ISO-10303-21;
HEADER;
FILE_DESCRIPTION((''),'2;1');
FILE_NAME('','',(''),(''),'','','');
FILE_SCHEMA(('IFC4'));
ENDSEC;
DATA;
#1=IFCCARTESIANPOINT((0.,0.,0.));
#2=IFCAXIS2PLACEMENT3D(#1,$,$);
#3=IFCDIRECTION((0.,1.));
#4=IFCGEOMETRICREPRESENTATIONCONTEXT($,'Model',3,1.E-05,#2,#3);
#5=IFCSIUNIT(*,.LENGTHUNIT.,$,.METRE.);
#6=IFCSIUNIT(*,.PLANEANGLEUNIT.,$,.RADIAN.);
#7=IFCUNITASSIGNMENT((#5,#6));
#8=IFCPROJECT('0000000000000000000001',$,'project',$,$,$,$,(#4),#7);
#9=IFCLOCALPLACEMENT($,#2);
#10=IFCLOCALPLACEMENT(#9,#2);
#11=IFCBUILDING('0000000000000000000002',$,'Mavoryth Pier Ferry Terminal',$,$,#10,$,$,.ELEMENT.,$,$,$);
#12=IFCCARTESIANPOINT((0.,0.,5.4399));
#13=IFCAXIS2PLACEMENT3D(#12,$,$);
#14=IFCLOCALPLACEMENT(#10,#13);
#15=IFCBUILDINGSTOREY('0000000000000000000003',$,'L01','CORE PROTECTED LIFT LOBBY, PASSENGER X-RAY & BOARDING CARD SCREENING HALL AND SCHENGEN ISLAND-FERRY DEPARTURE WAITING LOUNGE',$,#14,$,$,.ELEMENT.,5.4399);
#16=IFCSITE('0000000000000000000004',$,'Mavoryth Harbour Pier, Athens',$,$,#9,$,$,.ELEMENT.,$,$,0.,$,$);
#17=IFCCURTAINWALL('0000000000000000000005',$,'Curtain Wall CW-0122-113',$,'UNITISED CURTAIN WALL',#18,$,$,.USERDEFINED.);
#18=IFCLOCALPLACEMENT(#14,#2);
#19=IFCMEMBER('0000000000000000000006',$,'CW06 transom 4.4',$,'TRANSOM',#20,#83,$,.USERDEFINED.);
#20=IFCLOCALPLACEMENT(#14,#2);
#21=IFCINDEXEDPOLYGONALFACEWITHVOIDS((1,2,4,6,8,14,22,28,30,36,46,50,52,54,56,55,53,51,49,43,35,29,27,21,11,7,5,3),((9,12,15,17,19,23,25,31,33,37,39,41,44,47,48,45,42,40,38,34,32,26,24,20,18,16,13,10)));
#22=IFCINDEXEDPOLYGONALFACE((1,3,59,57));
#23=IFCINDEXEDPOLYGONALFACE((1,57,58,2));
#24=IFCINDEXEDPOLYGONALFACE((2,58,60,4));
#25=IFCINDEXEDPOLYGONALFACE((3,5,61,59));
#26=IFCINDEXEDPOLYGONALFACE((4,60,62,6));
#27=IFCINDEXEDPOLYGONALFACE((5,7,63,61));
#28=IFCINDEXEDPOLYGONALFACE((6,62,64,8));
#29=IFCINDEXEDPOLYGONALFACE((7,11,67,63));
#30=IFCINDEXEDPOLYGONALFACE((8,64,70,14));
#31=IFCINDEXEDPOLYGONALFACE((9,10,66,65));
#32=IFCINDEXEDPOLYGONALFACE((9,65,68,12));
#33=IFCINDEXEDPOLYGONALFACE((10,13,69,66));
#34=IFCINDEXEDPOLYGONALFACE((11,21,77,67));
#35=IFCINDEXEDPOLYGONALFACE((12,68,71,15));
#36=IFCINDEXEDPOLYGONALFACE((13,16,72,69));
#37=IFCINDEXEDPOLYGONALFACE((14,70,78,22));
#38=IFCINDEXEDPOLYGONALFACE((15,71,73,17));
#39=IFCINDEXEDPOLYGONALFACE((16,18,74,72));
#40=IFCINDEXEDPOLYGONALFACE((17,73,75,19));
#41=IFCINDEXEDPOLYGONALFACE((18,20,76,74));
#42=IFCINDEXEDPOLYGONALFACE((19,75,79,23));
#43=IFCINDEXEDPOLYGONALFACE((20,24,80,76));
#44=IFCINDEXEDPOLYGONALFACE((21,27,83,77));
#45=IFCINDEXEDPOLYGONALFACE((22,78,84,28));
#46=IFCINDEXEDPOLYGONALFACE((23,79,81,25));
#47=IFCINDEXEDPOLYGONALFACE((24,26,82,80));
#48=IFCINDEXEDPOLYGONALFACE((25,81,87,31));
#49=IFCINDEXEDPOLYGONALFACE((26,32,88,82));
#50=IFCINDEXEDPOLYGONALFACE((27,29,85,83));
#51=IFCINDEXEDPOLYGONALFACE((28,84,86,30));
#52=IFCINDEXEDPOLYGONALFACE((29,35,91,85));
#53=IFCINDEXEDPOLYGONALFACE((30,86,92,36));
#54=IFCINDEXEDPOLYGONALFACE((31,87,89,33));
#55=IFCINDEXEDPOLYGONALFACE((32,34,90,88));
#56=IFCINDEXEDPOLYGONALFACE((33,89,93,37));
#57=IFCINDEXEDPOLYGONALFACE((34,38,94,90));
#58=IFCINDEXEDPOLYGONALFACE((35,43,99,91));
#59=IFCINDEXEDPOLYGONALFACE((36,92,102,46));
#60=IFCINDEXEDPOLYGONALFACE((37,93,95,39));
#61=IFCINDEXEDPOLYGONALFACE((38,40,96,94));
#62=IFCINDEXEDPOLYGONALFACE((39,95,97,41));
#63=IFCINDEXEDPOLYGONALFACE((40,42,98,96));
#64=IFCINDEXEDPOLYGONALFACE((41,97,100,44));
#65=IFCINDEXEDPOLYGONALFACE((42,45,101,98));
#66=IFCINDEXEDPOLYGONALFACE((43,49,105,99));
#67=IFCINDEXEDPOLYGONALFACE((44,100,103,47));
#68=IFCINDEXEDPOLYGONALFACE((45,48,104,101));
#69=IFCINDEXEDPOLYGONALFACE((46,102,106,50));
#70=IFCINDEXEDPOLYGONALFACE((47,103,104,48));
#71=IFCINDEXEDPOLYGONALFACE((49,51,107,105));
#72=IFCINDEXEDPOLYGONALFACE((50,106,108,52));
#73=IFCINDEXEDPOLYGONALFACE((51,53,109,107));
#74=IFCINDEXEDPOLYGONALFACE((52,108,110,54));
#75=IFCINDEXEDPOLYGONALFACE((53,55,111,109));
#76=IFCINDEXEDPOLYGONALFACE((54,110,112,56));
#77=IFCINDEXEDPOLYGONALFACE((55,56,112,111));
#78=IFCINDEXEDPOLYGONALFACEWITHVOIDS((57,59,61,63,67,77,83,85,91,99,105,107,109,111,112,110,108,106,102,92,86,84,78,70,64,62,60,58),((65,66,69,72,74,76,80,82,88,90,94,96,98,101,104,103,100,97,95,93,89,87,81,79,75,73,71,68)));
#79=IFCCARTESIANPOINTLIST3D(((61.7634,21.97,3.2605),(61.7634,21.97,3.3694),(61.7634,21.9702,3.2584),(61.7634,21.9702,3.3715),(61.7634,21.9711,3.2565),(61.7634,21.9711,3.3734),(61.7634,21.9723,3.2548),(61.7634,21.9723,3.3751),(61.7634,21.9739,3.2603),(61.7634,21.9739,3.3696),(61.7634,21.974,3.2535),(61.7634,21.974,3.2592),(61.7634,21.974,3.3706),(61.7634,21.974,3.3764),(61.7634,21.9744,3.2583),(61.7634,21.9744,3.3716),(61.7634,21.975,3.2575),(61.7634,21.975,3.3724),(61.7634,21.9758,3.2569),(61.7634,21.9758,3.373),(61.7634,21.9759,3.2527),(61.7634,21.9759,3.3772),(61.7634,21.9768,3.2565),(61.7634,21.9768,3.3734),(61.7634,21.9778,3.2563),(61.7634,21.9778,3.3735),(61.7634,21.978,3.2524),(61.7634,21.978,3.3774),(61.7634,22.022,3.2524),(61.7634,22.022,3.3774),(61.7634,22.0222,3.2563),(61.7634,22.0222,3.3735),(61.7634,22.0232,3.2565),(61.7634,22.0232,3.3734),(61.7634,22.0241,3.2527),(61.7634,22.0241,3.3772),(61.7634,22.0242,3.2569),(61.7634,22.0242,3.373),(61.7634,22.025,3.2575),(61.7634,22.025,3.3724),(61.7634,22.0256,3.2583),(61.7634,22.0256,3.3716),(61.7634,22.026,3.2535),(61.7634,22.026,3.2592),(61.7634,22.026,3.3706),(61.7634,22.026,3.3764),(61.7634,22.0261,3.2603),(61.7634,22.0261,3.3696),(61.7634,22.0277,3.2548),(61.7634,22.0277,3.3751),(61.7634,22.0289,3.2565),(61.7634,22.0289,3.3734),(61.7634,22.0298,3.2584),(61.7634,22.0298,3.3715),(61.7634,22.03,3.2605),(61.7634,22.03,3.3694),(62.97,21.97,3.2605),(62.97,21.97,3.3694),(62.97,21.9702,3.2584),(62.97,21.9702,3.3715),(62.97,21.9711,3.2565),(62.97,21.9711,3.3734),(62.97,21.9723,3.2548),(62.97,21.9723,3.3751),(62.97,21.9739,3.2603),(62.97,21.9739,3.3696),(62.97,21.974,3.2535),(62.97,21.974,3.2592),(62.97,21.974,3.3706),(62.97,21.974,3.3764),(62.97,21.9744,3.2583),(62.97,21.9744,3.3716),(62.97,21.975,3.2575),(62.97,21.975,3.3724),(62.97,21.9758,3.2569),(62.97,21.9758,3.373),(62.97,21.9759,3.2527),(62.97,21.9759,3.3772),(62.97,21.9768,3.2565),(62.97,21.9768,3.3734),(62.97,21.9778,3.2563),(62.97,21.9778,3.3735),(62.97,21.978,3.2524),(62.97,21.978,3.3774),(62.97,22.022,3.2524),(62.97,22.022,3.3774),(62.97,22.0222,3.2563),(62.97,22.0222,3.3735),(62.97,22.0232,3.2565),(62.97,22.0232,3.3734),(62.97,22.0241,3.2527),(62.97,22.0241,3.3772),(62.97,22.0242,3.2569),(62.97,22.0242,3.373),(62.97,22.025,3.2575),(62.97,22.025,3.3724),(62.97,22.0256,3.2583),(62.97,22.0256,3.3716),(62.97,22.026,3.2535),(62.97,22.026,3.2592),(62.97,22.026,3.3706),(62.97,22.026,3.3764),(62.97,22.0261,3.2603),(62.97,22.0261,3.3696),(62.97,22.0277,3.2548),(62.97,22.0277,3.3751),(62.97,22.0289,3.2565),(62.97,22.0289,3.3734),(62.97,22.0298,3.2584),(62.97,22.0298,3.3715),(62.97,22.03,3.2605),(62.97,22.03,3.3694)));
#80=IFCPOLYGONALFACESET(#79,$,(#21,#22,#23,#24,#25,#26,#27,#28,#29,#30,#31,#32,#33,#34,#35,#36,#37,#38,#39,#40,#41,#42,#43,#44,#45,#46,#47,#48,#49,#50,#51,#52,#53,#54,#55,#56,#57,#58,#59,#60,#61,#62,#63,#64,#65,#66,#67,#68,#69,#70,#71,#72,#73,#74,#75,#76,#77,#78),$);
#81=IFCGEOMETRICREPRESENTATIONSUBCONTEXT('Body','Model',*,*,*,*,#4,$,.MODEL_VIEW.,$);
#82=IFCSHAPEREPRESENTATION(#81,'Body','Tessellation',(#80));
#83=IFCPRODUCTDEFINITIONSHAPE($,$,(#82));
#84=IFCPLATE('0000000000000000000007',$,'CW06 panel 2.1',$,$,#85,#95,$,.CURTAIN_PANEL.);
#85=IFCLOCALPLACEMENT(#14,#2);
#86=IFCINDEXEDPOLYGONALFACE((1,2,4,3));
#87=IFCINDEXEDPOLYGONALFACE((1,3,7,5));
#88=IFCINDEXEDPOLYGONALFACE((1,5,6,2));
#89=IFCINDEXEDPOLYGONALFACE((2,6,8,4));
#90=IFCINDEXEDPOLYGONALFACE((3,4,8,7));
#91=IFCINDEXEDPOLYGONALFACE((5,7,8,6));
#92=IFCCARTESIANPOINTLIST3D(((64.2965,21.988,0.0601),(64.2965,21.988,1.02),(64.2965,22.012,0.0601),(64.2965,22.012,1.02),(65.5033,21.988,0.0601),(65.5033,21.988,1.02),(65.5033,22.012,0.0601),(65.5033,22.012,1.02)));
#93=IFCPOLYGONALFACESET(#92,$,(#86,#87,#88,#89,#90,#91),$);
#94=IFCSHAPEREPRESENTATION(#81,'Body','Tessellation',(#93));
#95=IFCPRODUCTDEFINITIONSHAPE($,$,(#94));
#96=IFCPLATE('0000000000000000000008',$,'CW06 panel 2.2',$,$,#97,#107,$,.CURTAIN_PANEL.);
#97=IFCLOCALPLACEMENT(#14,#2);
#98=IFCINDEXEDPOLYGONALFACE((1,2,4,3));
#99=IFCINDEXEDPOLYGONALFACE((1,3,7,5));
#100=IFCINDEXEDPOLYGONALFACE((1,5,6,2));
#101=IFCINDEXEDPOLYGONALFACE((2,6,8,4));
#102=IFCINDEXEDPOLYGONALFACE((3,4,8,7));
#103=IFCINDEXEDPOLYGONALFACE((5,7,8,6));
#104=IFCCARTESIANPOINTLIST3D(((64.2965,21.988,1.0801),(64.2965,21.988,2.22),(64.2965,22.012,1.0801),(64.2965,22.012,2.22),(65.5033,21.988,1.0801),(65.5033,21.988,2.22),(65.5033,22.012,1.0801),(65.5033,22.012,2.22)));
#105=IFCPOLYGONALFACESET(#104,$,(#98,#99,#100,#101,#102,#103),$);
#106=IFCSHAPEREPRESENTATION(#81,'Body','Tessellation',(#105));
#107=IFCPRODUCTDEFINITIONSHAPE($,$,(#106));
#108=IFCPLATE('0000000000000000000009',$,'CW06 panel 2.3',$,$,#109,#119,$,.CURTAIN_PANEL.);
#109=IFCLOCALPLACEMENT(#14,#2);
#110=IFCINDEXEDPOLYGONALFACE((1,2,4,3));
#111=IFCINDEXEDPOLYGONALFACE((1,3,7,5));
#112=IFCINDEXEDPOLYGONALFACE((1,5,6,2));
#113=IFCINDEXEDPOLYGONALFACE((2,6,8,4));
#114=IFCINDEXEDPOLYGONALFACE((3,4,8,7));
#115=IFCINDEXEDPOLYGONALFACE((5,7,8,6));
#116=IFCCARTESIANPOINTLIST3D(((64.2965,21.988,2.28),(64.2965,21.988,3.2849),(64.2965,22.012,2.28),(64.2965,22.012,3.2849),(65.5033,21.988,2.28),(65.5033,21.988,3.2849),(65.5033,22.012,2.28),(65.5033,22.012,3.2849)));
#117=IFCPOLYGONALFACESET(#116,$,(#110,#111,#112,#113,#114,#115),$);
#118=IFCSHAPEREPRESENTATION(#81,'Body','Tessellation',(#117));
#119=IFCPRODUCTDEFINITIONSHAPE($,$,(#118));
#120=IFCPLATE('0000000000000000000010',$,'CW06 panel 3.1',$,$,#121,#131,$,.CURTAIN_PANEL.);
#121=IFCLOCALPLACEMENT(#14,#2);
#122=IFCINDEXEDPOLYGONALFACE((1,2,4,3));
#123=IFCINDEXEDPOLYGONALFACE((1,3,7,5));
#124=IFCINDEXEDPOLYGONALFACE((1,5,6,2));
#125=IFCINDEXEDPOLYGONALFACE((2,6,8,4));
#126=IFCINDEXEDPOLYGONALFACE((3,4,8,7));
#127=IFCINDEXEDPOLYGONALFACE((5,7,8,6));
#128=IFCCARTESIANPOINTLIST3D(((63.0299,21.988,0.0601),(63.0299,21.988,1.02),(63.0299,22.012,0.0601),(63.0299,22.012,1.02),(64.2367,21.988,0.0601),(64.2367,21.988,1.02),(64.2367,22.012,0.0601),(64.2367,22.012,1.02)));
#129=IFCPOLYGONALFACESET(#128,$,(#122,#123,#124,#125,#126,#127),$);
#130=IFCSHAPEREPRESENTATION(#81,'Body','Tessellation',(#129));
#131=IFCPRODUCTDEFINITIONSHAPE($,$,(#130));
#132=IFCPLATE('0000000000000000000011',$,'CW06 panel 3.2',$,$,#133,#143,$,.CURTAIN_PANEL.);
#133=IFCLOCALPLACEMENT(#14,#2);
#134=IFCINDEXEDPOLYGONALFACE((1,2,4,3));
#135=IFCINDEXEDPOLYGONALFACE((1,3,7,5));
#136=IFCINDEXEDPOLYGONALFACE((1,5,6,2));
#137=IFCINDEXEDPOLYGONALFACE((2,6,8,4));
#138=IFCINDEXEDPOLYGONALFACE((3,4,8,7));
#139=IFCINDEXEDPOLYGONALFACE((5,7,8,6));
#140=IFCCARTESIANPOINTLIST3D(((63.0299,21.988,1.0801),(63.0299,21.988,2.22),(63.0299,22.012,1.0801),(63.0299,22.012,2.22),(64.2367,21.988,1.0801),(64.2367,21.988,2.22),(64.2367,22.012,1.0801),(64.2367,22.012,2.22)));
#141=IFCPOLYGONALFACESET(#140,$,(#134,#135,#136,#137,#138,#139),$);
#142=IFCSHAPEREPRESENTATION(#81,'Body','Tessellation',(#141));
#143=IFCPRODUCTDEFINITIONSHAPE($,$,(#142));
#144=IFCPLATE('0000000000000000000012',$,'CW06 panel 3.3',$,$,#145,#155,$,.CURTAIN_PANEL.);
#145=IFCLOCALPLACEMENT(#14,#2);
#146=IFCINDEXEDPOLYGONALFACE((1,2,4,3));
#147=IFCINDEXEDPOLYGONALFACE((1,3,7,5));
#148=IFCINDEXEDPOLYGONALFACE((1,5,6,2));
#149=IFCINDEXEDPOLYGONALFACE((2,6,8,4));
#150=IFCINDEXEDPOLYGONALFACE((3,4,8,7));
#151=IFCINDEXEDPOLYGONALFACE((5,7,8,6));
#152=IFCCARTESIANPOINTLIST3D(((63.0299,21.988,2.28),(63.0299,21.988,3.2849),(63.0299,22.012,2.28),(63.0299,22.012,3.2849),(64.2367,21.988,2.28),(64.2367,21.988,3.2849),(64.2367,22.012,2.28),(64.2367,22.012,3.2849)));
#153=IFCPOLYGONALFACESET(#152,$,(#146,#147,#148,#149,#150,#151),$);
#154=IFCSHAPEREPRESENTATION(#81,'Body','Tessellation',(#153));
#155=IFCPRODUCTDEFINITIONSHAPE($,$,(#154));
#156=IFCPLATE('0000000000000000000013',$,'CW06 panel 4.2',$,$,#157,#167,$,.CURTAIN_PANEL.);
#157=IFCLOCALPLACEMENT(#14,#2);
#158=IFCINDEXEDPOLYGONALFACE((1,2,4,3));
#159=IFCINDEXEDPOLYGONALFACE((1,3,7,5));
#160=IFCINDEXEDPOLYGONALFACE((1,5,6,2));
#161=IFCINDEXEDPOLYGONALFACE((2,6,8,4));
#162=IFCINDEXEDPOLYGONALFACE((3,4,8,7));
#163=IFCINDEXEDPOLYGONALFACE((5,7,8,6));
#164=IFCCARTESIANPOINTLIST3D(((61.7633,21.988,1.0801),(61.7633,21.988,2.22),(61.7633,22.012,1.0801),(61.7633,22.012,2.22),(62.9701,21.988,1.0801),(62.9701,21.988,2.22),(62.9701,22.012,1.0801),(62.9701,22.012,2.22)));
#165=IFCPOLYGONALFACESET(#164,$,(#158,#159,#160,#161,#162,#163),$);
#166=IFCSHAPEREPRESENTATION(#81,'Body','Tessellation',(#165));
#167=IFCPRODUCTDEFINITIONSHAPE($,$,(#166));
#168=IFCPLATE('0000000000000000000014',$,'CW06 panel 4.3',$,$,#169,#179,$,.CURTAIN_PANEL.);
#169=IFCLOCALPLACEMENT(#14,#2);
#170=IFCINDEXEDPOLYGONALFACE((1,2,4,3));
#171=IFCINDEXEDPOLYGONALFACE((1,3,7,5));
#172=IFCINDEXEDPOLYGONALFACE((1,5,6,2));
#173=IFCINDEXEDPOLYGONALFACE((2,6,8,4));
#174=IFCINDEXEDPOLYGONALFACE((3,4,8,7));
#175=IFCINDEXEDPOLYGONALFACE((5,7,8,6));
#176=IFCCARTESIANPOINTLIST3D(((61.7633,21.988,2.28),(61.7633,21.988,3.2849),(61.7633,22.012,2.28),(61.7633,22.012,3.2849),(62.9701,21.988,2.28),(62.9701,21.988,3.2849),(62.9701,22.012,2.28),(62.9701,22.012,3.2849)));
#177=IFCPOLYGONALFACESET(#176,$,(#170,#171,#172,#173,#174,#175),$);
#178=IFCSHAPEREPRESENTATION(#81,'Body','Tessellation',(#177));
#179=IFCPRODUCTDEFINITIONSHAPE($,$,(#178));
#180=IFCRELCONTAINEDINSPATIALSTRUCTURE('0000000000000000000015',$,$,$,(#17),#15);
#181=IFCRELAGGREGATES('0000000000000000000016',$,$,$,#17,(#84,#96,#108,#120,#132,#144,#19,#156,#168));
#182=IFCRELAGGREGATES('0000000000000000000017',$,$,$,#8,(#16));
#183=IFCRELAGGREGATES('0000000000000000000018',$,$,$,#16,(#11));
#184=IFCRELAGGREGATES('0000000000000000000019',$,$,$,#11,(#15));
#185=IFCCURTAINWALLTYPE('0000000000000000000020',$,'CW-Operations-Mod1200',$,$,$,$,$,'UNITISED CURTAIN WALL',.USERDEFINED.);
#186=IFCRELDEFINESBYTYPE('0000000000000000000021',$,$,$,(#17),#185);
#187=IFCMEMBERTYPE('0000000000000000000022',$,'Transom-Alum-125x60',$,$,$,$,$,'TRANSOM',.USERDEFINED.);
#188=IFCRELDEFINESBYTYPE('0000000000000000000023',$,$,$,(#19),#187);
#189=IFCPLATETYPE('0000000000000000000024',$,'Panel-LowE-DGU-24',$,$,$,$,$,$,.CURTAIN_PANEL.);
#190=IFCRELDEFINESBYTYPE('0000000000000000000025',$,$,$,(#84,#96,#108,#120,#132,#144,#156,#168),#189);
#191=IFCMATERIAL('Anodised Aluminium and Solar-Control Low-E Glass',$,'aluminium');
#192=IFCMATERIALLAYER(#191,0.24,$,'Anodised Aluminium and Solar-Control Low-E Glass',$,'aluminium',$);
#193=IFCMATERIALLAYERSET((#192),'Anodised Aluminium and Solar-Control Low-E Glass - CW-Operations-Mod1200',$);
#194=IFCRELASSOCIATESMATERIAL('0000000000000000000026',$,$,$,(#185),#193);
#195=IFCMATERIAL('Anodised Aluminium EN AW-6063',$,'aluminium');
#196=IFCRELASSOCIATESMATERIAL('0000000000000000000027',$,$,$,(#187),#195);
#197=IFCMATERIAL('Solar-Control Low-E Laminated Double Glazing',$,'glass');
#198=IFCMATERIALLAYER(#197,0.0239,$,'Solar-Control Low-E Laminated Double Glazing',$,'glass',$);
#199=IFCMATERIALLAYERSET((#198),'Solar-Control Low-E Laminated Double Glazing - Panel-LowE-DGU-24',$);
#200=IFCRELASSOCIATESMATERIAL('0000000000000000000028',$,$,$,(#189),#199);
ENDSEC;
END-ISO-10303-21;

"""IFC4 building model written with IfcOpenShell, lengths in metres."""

from ifc_helpers import new_model, si_unit, direction, frame, origin, origin_2d, place, context, subcontext, project, spatial, rectangle, hollow_rectangle, extrude, material, layer, layer_set, material_profile, profile_set, type_object, element, aggregate, save


model = new_model("IFC4")

# Units and contexts
model_context = context("Model", 3, precision=1e-05, world=origin(), true_north=direction((0.0, 1.0)))
body_context = subcontext(model_context, "Body", "Model", "MODEL_VIEW")
ifc_project = project(units=[si_unit("LENGTHUNIT", "METRE"), si_unit("PLANEANGLEUNIT", "RADIAN")], contexts=[model_context])

# Site, building, storey
site_placement = place(None, origin())
site = spatial("IfcSite", under=ifc_project, at=site_placement, Name="Mavoryth Harbour Pier, Athens", CompositionType="ELEMENT", RefElevation=0.0)
building_placement = place(site_placement, origin())
building = spatial("IfcBuilding", under=site, at=building_placement, Name="Mavoryth Pier Ferry Terminal", CompositionType="ELEMENT")
storey_placement = place(building_placement, frame((0.0, 0.0, 5.4399)))
storey = spatial("IfcBuildingStorey", under=building, at=storey_placement, Name="L01", Description="CORE PROTECTED LIFT LOBBY, PASSENGER X-RAY & BOARDING CARD SCREENING HALL AND SCHENGEN ISLAND-FERRY DEPARTURE WAITING LOUNGE", CompositionType="ELEMENT", Elevation=5.4399)

# Curtain wall, member, plates
ifc_material_1 = material(Name="Anodised Aluminium and Solar-Control Low-E Glass", Category="aluminium")
ifc_layer_1 = layer(ifc_material_1, 0.24, Name="Anodised Aluminium and Solar-Control Low-E Glass", Category="aluminium")
ifc_layer_set_1 = layer_set([ifc_layer_1], Name="Anodised Aluminium and Solar-Control Low-E Glass - CW-Operations-Mod1200")
curtain_wall_type = type_object("IfcCurtainWallType", Name="CW-Operations-Mod1200", ElementType="UNITISED CURTAIN WALL", PredefinedType="USERDEFINED", material=ifc_layer_set_1)
curtain_wall_placement = place(storey_placement, origin())
curtain_wall = element("IfcCurtainWall", 1, at=curtain_wall_placement, inside=storey, type_object=curtain_wall_type, Name="Curtain Wall CW-0122-113", ObjectType="UNITISED CURTAIN WALL", PredefinedType="USERDEFINED")
ifc_material_2 = material(Name="Anodised Aluminium EN AW-6063", Category="aluminium")
ifc_material_profile_1 = material_profile(ifc_material_2, hollow_rectangle(XDim=0.0601, YDim=0.125, WallThickness=0.0039, InnerFilletRadius=0.0039, OuterFilletRadius=0.0081, at=origin_2d()), Name="AL-TRAN 125x60x4", Category="aluminium")
ifc_profile_set_1 = profile_set([ifc_material_profile_1], Name="Anodised Aluminium EN AW-6063 - AL-TRAN 125x60x4")
member_type_1 = type_object("IfcMemberType", Name="Transom-Alum-125x60", ElementType="TRANSOM", PredefinedType="USERDEFINED", material=ifc_profile_set_1)
member_1_placement = place(storey_placement, frame((62.97, 22.0, 3.3149), z_axis=(-1.0, 0.0, 0.0), x_axis=(0.0, -1.0, 0.0)))
member_1 = element("IfcMember", 2, at=member_1_placement, type_object=member_type_1, Name="CW06 transom 4.4", ObjectType="TRANSOM", PredefinedType="USERDEFINED", context=body_context, shape_type="SweptSolid", body=[
    extrude(hollow_rectangle(XDim=0.0601, YDim=0.125, WallThickness=0.0039, InnerFilletRadius=0.0039, OuterFilletRadius=0.0081, at=origin_2d()), origin(), (0.0, 0.0, 1.0), 1.2065),
])
ifc_material_3 = material(Name="Solar-Control Low-E Laminated Double Glazing", Category="glass")
ifc_layer_2 = layer(ifc_material_3, 0.0239, Name="Solar-Control Low-E Laminated Double Glazing", Category="glass")
ifc_layer_set_2 = layer_set([ifc_layer_2], Name="Solar-Control Low-E Laminated Double Glazing - Panel-LowE-DGU-24")
plate_type = type_object("IfcPlateType", Name="Panel-LowE-DGU-24", PredefinedType="CURTAIN_PANEL", material=ifc_layer_set_2)
plate_1_placement = place(storey_placement, frame((64.8999, 22.0, 0.0601), z_axis=(0.0, 0.0, 1.0), x_axis=(-1.0, 0.0, 0.0)))
plate_1 = element("IfcPlate", 3, at=plate_1_placement, type_object=plate_type, Name="CW06 panel 2.1", PredefinedType="CURTAIN_PANEL", context=body_context, shape_type="SweptSolid", body=[
    extrude(rectangle(XDim=1.2068, YDim=0.0239, at=origin_2d()), origin(), (0.0, 0.0, 1.0), 0.96),
])
plate_2_placement = place(storey_placement, frame((64.8999, 22.0, 1.0801), z_axis=(0.0, 0.0, 1.0), x_axis=(-1.0, 0.0, 0.0)))
plate_2 = element("IfcPlate", 4, at=plate_2_placement, type_object=plate_type, Name="CW06 panel 2.2", PredefinedType="CURTAIN_PANEL", context=body_context, shape_type="SweptSolid", body=[
    extrude(rectangle(XDim=1.2068, YDim=0.0239, at=origin_2d()), origin(), (0.0, 0.0, 1.0), 1.1399),
])
plate_3_placement = place(storey_placement, frame((64.8999, 22.0, 2.28), z_axis=(0.0, 0.0, 1.0), x_axis=(-1.0, 0.0, 0.0)))
plate_3 = element("IfcPlate", 5, at=plate_3_placement, type_object=plate_type, Name="CW06 panel 2.3", PredefinedType="CURTAIN_PANEL", context=body_context, shape_type="SweptSolid", body=[
    extrude(rectangle(XDim=1.2068, YDim=0.0239, at=origin_2d()), origin(), (0.0, 0.0, 1.0), 1.0049),
])
plate_4_placement = place(storey_placement, frame((63.6333, 22.0, 0.0601), z_axis=(0.0, 0.0, 1.0), x_axis=(-1.0, 0.0, 0.0)))
plate_4 = element("IfcPlate", 6, at=plate_4_placement, type_object=plate_type, Name="CW06 panel 3.1", PredefinedType="CURTAIN_PANEL", context=body_context, shape_type="SweptSolid", body=[
    extrude(rectangle(XDim=1.2068, YDim=0.0239, at=origin_2d()), origin(), (0.0, 0.0, 1.0), 0.96),
])
plate_5_placement = place(storey_placement, frame((63.6333, 22.0, 1.0801), z_axis=(0.0, 0.0, 1.0), x_axis=(-1.0, 0.0, 0.0)))
plate_5 = element("IfcPlate", 7, at=plate_5_placement, type_object=plate_type, Name="CW06 panel 3.2", PredefinedType="CURTAIN_PANEL", context=body_context, shape_type="SweptSolid", body=[
    extrude(rectangle(XDim=1.2068, YDim=0.0239, at=origin_2d()), origin(), (0.0, 0.0, 1.0), 1.1399),
])
plate_6_placement = place(storey_placement, frame((63.6333, 22.0, 2.28), z_axis=(0.0, 0.0, 1.0), x_axis=(-1.0, 0.0, 0.0)))
plate_6 = element("IfcPlate", 8, at=plate_6_placement, type_object=plate_type, Name="CW06 panel 3.3", PredefinedType="CURTAIN_PANEL", context=body_context, shape_type="SweptSolid", body=[
    extrude(rectangle(XDim=1.2068, YDim=0.0239, at=origin_2d()), origin(), (0.0, 0.0, 1.0), 1.0049),
])
plate_7_placement = place(storey_placement, frame((62.3667, 22.0, 1.0801), z_axis=(0.0, 0.0, 1.0), x_axis=(-1.0, 0.0, 0.0)))
plate_7 = element("IfcPlate", 9, at=plate_7_placement, type_object=plate_type, Name="CW06 panel 4.2", PredefinedType="CURTAIN_PANEL", context=body_context, shape_type="SweptSolid", body=[
    extrude(rectangle(XDim=1.2068, YDim=0.0239, at=origin_2d()), origin(), (0.0, 0.0, 1.0), 1.1399),
])
plate_8_placement = place(storey_placement, frame((62.3667, 22.0, 2.28), z_axis=(0.0, 0.0, 1.0), x_axis=(-1.0, 0.0, 0.0)))
plate_8 = element("IfcPlate", 10, at=plate_8_placement, type_object=plate_type, Name="CW06 panel 4.3", PredefinedType="CURTAIN_PANEL", context=body_context, shape_type="SweptSolid", body=[
    extrude(rectangle(XDim=1.2068, YDim=0.0239, at=origin_2d()), origin(), (0.0, 0.0, 1.0), 1.0049),
])
aggregate(curtain_wall, [plate_1, plate_2, plate_3, plate_4, plate_5, plate_6, member_1, plate_7, plate_8])

save(model, "model.ifc")
